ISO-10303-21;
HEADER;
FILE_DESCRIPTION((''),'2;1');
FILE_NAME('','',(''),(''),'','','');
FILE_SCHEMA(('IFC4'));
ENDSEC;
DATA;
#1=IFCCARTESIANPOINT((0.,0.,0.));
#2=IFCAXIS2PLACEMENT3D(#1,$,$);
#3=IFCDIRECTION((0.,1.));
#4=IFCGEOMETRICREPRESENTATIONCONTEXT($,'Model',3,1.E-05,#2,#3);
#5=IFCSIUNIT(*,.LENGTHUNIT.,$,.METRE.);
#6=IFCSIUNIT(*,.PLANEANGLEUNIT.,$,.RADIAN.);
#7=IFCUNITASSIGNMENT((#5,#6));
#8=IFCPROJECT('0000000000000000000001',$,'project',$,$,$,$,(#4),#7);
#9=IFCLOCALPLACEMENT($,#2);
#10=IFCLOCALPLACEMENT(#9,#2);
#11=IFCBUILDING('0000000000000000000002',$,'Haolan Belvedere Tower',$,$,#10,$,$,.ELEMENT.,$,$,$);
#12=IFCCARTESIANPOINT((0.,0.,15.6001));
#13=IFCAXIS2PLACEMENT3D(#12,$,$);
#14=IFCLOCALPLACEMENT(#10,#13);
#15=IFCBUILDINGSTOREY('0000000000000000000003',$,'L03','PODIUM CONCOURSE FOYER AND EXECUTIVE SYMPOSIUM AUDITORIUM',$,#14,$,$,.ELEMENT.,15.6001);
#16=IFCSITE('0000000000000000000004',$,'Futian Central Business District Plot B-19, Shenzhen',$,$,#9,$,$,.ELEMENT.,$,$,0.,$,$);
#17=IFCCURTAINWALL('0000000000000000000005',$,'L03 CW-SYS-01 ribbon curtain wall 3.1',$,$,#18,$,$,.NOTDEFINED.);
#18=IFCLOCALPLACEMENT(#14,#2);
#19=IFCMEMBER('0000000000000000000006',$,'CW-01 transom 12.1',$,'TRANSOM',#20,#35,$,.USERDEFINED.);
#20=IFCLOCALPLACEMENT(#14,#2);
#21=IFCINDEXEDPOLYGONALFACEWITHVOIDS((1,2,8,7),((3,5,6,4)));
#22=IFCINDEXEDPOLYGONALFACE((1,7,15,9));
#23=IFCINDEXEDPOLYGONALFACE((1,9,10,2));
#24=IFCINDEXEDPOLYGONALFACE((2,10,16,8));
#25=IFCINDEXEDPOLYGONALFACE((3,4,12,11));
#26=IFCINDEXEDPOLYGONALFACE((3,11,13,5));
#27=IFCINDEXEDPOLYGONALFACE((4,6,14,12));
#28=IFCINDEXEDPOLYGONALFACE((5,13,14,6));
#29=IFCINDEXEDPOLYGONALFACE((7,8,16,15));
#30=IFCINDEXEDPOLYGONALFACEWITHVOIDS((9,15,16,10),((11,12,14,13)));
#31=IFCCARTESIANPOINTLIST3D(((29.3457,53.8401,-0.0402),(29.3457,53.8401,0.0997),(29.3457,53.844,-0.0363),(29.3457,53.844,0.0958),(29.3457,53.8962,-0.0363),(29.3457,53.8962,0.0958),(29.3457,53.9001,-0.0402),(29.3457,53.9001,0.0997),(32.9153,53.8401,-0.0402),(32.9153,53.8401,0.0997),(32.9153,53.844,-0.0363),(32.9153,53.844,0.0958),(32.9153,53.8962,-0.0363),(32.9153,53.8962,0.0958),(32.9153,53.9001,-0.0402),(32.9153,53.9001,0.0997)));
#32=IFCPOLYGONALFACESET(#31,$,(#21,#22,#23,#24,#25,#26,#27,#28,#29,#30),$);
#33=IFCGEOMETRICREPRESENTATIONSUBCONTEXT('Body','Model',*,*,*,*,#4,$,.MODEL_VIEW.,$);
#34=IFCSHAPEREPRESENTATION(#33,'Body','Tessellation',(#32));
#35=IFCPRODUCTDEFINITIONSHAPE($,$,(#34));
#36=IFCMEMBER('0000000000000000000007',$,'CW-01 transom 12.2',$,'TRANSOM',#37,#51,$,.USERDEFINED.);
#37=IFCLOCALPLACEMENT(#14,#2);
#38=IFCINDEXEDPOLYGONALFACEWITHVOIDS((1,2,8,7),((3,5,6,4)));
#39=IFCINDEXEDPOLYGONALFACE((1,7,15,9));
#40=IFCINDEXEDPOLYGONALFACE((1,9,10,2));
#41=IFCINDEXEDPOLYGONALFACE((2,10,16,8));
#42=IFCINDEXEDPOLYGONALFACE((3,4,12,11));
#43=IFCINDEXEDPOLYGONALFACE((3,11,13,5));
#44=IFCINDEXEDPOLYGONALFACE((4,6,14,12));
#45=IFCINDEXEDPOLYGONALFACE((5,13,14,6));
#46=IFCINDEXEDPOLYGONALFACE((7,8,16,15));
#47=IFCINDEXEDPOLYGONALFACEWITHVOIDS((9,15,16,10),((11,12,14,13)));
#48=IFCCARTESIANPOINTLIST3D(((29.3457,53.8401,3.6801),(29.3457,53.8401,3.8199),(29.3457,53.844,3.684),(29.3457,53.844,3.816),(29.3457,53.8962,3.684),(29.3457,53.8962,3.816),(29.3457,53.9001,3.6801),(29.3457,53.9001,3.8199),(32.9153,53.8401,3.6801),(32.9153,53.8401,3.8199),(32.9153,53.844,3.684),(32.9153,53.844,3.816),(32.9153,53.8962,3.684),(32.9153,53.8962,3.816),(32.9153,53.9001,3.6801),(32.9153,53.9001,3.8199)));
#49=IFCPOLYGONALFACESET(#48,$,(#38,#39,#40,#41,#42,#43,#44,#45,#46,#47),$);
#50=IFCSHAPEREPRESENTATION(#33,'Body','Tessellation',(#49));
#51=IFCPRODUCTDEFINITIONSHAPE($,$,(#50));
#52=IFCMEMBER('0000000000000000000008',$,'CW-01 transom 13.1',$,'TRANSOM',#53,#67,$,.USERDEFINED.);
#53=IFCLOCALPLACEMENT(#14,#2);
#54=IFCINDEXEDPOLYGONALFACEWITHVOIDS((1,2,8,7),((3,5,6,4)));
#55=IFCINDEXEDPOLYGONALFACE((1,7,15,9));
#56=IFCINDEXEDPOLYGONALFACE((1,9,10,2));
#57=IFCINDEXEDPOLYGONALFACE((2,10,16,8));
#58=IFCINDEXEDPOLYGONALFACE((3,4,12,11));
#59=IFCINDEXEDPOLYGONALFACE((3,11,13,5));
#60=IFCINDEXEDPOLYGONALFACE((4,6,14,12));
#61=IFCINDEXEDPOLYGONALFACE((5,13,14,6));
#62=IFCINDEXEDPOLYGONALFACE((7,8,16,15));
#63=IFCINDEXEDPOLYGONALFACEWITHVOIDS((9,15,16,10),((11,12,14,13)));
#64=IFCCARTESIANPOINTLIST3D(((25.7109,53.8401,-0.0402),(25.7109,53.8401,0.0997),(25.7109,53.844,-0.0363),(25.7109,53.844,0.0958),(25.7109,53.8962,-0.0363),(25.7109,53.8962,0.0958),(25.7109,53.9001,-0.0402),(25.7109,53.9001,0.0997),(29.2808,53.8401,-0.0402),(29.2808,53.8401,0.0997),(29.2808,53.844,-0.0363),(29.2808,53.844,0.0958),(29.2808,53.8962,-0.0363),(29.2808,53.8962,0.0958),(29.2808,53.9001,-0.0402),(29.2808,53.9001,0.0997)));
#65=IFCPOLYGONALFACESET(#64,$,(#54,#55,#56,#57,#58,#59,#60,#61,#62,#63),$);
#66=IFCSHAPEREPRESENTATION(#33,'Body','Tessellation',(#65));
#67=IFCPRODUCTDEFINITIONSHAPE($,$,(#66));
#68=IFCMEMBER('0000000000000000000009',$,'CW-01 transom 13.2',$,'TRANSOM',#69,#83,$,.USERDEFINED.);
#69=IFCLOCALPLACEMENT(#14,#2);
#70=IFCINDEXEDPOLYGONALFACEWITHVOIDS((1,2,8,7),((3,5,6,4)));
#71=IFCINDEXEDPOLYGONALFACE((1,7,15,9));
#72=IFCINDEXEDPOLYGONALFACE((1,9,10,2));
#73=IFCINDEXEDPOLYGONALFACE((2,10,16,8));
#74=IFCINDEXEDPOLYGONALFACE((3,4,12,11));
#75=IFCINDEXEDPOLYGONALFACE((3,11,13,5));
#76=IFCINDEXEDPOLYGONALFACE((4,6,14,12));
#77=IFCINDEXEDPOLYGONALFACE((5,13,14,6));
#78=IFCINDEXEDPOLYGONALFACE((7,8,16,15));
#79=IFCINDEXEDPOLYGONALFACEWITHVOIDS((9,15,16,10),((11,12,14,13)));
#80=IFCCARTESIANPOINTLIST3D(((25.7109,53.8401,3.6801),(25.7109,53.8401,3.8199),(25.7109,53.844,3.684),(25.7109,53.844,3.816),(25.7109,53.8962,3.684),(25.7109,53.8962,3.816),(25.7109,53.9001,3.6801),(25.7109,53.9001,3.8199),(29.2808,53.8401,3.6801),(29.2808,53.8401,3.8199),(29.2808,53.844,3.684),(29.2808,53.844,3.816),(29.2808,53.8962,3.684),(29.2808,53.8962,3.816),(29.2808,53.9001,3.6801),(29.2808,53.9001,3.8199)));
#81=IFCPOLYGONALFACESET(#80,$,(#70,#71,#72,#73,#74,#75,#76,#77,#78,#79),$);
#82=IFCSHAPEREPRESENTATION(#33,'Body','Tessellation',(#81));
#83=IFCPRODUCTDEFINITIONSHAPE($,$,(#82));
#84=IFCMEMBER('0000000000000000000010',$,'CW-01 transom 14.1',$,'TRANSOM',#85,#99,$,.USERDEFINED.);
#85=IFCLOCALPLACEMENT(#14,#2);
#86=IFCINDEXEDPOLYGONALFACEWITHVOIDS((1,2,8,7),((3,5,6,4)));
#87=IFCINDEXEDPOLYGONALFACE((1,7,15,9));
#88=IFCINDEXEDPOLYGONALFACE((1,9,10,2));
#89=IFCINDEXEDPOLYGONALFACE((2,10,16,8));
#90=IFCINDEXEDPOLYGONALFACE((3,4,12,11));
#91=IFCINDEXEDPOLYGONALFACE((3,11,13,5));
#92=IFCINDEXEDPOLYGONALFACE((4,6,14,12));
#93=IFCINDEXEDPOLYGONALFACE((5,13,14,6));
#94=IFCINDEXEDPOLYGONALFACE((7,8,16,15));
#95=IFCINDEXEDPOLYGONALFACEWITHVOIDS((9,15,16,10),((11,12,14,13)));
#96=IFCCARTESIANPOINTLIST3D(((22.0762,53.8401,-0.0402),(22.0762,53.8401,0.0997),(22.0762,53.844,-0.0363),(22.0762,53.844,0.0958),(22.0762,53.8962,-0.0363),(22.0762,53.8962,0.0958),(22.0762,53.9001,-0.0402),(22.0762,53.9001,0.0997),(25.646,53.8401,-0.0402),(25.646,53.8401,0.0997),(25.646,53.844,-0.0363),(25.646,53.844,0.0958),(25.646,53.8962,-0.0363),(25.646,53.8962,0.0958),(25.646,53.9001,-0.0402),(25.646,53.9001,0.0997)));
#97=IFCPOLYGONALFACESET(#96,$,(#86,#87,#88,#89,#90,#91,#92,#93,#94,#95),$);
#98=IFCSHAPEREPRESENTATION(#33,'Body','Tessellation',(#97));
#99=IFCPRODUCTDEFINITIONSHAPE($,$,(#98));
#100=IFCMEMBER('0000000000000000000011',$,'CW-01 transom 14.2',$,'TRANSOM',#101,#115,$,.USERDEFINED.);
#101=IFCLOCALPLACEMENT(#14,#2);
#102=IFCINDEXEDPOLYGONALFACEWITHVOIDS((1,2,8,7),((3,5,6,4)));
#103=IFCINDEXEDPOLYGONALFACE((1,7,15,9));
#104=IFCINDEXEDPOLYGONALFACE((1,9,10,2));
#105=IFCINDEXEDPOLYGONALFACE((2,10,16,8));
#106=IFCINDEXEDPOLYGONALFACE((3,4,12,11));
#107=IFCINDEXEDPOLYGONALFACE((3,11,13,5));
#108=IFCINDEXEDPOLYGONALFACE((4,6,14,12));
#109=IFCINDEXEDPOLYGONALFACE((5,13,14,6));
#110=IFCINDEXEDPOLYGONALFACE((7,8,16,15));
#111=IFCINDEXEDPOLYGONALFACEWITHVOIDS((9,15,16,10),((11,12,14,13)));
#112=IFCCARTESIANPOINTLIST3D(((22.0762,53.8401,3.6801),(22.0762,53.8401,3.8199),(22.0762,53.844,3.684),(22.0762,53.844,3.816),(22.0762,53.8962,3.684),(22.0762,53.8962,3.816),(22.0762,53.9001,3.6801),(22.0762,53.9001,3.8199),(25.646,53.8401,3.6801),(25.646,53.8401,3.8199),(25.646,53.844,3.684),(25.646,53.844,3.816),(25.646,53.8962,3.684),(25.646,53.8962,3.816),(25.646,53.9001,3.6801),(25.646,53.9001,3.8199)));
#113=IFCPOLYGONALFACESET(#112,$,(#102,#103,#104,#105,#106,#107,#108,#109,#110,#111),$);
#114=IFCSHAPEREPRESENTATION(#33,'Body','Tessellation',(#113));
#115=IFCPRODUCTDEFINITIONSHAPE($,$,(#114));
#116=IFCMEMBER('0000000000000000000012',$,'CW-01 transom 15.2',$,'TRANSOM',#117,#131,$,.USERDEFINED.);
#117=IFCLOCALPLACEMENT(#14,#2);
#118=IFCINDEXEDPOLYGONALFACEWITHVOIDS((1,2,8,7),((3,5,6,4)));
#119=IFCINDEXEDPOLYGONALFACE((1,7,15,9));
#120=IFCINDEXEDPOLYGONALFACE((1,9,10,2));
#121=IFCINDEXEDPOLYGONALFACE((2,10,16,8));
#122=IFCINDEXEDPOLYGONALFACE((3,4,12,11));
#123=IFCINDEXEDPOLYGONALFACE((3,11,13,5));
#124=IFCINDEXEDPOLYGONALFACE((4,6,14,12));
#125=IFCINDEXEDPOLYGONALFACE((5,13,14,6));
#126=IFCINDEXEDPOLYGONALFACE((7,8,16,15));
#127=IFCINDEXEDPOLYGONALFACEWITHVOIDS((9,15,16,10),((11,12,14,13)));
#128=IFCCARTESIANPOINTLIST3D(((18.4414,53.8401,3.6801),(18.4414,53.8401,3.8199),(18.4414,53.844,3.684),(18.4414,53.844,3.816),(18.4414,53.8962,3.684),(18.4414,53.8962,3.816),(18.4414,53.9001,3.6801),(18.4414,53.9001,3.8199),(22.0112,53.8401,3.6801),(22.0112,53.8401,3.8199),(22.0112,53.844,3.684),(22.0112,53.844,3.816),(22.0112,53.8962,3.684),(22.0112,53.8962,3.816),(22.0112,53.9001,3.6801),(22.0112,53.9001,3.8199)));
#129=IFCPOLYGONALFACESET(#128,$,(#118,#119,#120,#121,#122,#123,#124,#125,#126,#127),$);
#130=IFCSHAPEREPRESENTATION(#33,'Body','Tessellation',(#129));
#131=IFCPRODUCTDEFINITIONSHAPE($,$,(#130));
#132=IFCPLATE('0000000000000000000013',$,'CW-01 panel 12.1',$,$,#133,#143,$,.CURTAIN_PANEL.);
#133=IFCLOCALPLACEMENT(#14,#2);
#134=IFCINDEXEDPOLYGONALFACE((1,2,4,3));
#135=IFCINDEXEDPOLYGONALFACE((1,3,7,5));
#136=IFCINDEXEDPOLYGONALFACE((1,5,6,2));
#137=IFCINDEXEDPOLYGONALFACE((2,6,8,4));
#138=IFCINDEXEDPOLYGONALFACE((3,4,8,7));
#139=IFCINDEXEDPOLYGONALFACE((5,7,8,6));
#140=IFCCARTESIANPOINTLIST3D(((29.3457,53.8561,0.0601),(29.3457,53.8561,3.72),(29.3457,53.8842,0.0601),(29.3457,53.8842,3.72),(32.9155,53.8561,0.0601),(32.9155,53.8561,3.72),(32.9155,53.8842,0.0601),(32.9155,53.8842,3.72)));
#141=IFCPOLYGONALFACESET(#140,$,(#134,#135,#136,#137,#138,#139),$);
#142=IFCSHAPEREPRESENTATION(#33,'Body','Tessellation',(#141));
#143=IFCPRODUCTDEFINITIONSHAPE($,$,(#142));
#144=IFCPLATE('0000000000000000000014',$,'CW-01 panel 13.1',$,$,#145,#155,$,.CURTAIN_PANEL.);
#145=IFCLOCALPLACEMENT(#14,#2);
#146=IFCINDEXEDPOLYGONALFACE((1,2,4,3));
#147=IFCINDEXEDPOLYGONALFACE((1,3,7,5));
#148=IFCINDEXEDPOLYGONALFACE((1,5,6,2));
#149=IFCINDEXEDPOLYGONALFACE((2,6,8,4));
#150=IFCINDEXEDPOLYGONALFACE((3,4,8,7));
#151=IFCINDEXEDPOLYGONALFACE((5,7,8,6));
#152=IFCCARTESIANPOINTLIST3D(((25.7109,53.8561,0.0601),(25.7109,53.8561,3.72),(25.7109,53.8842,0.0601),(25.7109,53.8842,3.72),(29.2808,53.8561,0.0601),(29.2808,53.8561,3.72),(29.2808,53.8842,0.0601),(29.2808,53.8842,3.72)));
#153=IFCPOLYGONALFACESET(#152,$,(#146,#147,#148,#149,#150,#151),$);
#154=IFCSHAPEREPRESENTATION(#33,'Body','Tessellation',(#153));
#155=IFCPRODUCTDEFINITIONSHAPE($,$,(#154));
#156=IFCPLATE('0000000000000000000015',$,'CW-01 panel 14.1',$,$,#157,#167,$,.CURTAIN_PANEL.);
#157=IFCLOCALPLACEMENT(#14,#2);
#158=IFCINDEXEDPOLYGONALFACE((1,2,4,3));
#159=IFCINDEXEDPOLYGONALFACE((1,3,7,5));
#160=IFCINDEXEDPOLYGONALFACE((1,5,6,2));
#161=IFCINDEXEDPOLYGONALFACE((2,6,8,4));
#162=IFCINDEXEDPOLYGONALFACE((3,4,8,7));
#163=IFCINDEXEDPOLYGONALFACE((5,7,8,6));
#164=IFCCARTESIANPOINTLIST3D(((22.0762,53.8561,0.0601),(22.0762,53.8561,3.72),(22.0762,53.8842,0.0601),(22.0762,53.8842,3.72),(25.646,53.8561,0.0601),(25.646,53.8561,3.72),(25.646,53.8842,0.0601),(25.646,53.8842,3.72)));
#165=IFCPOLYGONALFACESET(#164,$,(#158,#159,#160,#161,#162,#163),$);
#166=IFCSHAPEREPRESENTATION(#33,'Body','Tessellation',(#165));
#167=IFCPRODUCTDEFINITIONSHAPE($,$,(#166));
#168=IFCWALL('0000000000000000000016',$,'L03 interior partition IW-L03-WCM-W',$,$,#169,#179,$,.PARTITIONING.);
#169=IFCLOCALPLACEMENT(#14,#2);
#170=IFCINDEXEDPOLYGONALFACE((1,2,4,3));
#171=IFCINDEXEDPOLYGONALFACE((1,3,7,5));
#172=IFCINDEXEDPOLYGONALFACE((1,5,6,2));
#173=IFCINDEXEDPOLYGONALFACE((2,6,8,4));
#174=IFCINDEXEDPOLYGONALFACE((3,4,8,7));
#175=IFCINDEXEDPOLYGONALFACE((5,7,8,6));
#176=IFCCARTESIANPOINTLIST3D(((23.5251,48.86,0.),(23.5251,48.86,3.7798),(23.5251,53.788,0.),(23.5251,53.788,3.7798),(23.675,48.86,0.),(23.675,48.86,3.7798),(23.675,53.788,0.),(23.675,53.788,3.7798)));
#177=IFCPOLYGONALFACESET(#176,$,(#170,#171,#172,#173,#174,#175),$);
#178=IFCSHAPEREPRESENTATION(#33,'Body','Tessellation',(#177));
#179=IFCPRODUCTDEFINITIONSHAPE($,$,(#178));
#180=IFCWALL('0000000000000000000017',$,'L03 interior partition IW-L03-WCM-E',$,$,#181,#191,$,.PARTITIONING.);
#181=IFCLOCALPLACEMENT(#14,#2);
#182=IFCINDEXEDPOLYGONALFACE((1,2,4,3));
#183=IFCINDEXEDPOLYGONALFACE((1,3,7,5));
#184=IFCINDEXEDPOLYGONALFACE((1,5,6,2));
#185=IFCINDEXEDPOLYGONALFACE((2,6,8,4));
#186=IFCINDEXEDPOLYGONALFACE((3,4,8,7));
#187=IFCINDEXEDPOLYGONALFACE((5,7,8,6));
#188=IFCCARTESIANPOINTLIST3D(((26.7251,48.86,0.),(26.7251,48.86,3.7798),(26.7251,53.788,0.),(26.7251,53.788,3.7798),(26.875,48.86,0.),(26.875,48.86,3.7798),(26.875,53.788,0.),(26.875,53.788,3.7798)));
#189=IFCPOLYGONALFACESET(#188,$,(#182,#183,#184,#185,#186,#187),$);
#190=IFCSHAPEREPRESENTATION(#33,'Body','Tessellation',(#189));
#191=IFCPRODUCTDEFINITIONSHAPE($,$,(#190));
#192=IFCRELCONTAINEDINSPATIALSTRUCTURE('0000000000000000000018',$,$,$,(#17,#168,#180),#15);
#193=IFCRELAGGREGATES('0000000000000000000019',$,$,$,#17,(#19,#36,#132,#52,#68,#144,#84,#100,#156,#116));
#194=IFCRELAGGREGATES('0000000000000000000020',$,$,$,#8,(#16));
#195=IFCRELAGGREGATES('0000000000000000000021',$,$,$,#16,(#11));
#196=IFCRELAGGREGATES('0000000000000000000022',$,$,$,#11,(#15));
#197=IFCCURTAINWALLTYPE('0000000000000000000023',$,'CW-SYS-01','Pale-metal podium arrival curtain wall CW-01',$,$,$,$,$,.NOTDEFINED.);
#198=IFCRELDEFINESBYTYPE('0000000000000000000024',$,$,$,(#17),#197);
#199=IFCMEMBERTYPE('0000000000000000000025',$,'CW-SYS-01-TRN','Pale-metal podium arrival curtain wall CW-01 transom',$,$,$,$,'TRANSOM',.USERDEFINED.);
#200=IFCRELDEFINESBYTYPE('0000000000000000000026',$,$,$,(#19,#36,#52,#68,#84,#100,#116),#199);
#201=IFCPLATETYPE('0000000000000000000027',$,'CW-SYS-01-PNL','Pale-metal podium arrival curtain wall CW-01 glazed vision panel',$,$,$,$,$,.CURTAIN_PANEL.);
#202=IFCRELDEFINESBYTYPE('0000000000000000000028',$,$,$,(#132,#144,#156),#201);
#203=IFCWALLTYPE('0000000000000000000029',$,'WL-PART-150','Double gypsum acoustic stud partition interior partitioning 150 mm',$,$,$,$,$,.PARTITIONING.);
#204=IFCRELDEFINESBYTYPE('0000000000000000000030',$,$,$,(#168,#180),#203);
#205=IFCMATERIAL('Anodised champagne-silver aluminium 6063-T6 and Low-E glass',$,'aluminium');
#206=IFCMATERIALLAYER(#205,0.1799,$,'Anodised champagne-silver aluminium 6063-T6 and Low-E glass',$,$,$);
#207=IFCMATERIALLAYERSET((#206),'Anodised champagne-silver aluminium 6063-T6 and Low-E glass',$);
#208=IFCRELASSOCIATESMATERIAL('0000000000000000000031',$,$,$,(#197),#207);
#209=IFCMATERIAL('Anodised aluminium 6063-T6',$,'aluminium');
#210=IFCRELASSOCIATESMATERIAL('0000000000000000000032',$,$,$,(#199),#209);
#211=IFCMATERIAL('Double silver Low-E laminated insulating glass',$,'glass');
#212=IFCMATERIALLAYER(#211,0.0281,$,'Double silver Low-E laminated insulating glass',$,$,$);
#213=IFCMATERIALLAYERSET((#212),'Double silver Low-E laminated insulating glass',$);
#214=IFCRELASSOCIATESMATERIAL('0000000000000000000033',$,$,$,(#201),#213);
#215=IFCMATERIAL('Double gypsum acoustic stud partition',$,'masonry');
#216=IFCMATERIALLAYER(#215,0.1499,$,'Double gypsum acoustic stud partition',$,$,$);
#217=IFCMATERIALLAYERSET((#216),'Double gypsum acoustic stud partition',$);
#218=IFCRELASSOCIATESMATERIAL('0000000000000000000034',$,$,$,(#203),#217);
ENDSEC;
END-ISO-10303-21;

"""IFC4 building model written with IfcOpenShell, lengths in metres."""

from ifc_helpers import new_model, si_unit, direction, frame, frame_2d, origin, origin_2d, place, context, subcontext, project, spatial, rectangle, hollow_rectangle, extrude, material, layer, layer_set, material_profile, profile_set, type_object, element, aggregate, save


model = new_model("IFC4")

# Units and contexts
model_context = context("Model", 3, precision=1e-05, world=origin(), true_north=direction((0.0, 1.0)))
body_context = subcontext(model_context, "Body", "Model", "MODEL_VIEW")
ifc_project = project(units=[si_unit("LENGTHUNIT", "METRE"), si_unit("PLANEANGLEUNIT", "RADIAN")], contexts=[model_context])

# Site, building, storey
site_placement = place(None, origin())
site = spatial("IfcSite", under=ifc_project, at=site_placement, Name="Futian Central Business District Plot B-19, Shenzhen", CompositionType="ELEMENT", RefElevation=0.0)
building_placement = place(site_placement, origin())
building = spatial("IfcBuilding", under=site, at=building_placement, Name="Haolan Belvedere Tower", CompositionType="ELEMENT")
storey_placement = place(building_placement, frame((0.0, 0.0, 15.6001)))
storey = spatial("IfcBuildingStorey", under=building, at=storey_placement, Name="L03", Description="PODIUM CONCOURSE FOYER AND EXECUTIVE SYMPOSIUM AUDITORIUM", CompositionType="ELEMENT", Elevation=15.6001)

# Curtain wall, members, plates
ifc_material_1 = material(Name="Anodised champagne-silver aluminium 6063-T6 and Low-E glass", Category="aluminium")
ifc_layer_1 = layer(ifc_material_1, 0.1799, Name="Anodised champagne-silver aluminium 6063-T6 and Low-E glass")
ifc_layer_set_1 = layer_set([ifc_layer_1], Name="Anodised champagne-silver aluminium 6063-T6 and Low-E glass")
curtain_wall_type = type_object("IfcCurtainWallType", Name="CW-SYS-01", Description="Pale-metal podium arrival curtain wall CW-01", PredefinedType="NOTDEFINED", material=ifc_layer_set_1)
curtain_wall_placement = place(storey_placement, origin())
curtain_wall = element("IfcCurtainWall", 1, at=curtain_wall_placement, inside=storey, type_object=curtain_wall_type, Name="L03 CW-SYS-01 ribbon curtain wall 3.1", PredefinedType="NOTDEFINED")
ifc_material_2 = material(Name="Anodised aluminium 6063-T6", Category="aluminium")
ifc_material_profile_1 = material_profile(ifc_material_2, hollow_rectangle(XDim=0.0601, YDim=0.1399, WallThickness=0.0039, at=origin_2d()), Name="Anodised aluminium 6063-T6")
ifc_profile_set_1 = profile_set([ifc_material_profile_1], Name="Anodised aluminium 6063-T6")
member_type_1 = type_object("IfcMemberType", Name="CW-SYS-01-TRN", Description="Pale-metal podium arrival curtain wall CW-01 transom", ElementType="TRANSOM", PredefinedType="USERDEFINED", material=ifc_profile_set_1)
member_1_placement = place(storey_placement, frame((32.9153, 53.8701, 0.0298), z_axis=(-1.0, 0.0, 0.0), x_axis=(0.0, -1.0, 0.0)))
member_1 = element("IfcMember", 2, at=member_1_placement, type_object=member_type_1, Name="CW-01 transom 12.1", ObjectType="TRANSOM", PredefinedType="USERDEFINED", context=body_context, shape_type="SweptSolid", body=[
    extrude(hollow_rectangle(XDim=0.0601, YDim=0.1399, WallThickness=0.0039, at=origin_2d()), origin(), (0.0, 0.0, 1.0), 3.5696),
])
member_2_placement = place(storey_placement, frame((32.9153, 53.8701, 3.75), z_axis=(-1.0, 0.0, 0.0), x_axis=(0.0, -1.0, 0.0)))
member_2 = element("IfcMember", 3, at=member_2_placement, type_object=member_type_1, Name="CW-01 transom 12.2", ObjectType="TRANSOM", PredefinedType="USERDEFINED", context=body_context, shape_type="SweptSolid", body=[
    extrude(hollow_rectangle(XDim=0.0601, YDim=0.1399, WallThickness=0.0039, at=origin_2d()), origin(), (0.0, 0.0, 1.0), 3.5696),
])
member_3_placement = place(storey_placement, frame((29.2808, 53.8701, 0.0298), z_axis=(-1.0, 0.0, 0.0), x_axis=(0.0, -1.0, 0.0)))
member_3 = element("IfcMember", 4, at=member_3_placement, type_object=member_type_1, Name="CW-01 transom 13.1", ObjectType="TRANSOM", PredefinedType="USERDEFINED", context=body_context, shape_type="SweptSolid", body=[
    extrude(hollow_rectangle(XDim=0.0601, YDim=0.1399, WallThickness=0.0039, at=origin_2d()), origin(), (0.0, 0.0, 1.0), 3.5698),
])
member_4_placement = place(storey_placement, frame((29.2808, 53.8701, 3.75), z_axis=(-1.0, 0.0, 0.0), x_axis=(0.0, -1.0, 0.0)))
member_4 = element("IfcMember", 5, at=member_4_placement, type_object=member_type_1, Name="CW-01 transom 13.2", ObjectType="TRANSOM", PredefinedType="USERDEFINED", context=body_context, shape_type="SweptSolid", body=[
    extrude(hollow_rectangle(XDim=0.0601, YDim=0.1399, WallThickness=0.0039, at=origin_2d()), origin(), (0.0, 0.0, 1.0), 3.5698),
])
member_5_placement = place(storey_placement, frame((25.646, 53.8701, 0.0298), z_axis=(-1.0, 0.0, 0.0), x_axis=(0.0, -1.0, 0.0)))
member_5 = element("IfcMember", 6, at=member_5_placement, type_object=member_type_1, Name="CW-01 transom 14.1", ObjectType="TRANSOM", PredefinedType="USERDEFINED", context=body_context, shape_type="SweptSolid", body=[
    extrude(hollow_rectangle(XDim=0.0601, YDim=0.1399, WallThickness=0.0039, at=origin_2d()), origin(), (0.0, 0.0, 1.0), 3.5698),
])
member_6_placement = place(storey_placement, frame((25.646, 53.8701, 3.75), z_axis=(-1.0, 0.0, 0.0), x_axis=(0.0, -1.0, 0.0)))
member_6 = element("IfcMember", 7, at=member_6_placement, type_object=member_type_1, Name="CW-01 transom 14.2", ObjectType="TRANSOM", PredefinedType="USERDEFINED", context=body_context, shape_type="SweptSolid", body=[
    extrude(hollow_rectangle(XDim=0.0601, YDim=0.1399, WallThickness=0.0039, at=origin_2d()), origin(), (0.0, 0.0, 1.0), 3.5698),
])
member_7_placement = place(storey_placement, frame((22.0112, 53.8701, 3.75), z_axis=(-1.0, 0.0, 0.0), x_axis=(0.0, -1.0, 0.0)))
member_7 = element("IfcMember", 8, at=member_7_placement, type_object=member_type_1, Name="CW-01 transom 15.2", ObjectType="TRANSOM", PredefinedType="USERDEFINED", context=body_context, shape_type="SweptSolid", body=[
    extrude(hollow_rectangle(XDim=0.0601, YDim=0.1399, WallThickness=0.0039, at=origin_2d()), origin(), (0.0, 0.0, 1.0), 3.5698),
])
ifc_material_3 = material(Name="Double silver Low-E laminated insulating glass", Category="glass")
ifc_layer_2 = layer(ifc_material_3, 0.0281, Name="Double silver Low-E laminated insulating glass")
ifc_layer_set_2 = layer_set([ifc_layer_2], Name="Double silver Low-E laminated insulating glass")
plate_type = type_object("IfcPlateType", Name="CW-SYS-01-PNL", Description="Pale-metal podium arrival curtain wall CW-01 glazed vision panel", PredefinedType="CURTAIN_PANEL", material=ifc_layer_set_2)
plate_1_placement = place(storey_placement, frame((31.1306, 53.8701, 0.0601), z_axis=(0.0, 0.0, 1.0), x_axis=(-1.0, 0.0, 0.0)))
plate_1 = element("IfcPlate", 9, at=plate_1_placement, type_object=plate_type, Name="CW-01 panel 12.1", PredefinedType="CURTAIN_PANEL", context=body_context, shape_type="SweptSolid", body=[
    extrude(rectangle(XDim=3.5698, YDim=0.0281, at=origin_2d()), origin(), (0.0, 0.0, 1.0), 3.6599),
])
plate_2_placement = place(storey_placement, frame((27.4958, 53.8701, 0.0601), z_axis=(0.0, 0.0, 1.0), x_axis=(-1.0, 0.0, 0.0)))
plate_2 = element("IfcPlate", 10, at=plate_2_placement, type_object=plate_type, Name="CW-01 panel 13.1", PredefinedType="CURTAIN_PANEL", context=body_context, shape_type="SweptSolid", body=[
    extrude(rectangle(XDim=3.5698, YDim=0.0281, at=origin_2d()), origin(), (0.0, 0.0, 1.0), 3.6599),
])
plate_3_placement = place(storey_placement, frame((23.8611, 53.8701, 0.0601), z_axis=(0.0, 0.0, 1.0), x_axis=(-1.0, 0.0, 0.0)))
plate_3 = element("IfcPlate", 11, at=plate_3_placement, type_object=plate_type, Name="CW-01 panel 14.1", PredefinedType="CURTAIN_PANEL", context=body_context, shape_type="SweptSolid", body=[
    extrude(rectangle(XDim=3.5698, YDim=0.0281, at=origin_2d()), origin(), (0.0, 0.0, 1.0), 3.6599),
])
aggregate(curtain_wall, [member_1, member_2, plate_1, member_3, member_4, plate_2, member_5, member_6, plate_3, member_7])

# Walls
ifc_material_4 = material(Name="Double gypsum acoustic stud partition", Category="masonry")
ifc_layer_3 = layer(ifc_material_4, 0.1499, Name="Double gypsum acoustic stud partition")
ifc_layer_set_3 = layer_set([ifc_layer_3], Name="Double gypsum acoustic stud partition")
wall_type = type_object("IfcWallType", Name="WL-PART-150", Description="Double gypsum acoustic stud partition interior partitioning 150 mm", PredefinedType="PARTITIONING", material=ifc_layer_set_3)
for number, where, z_axis, x_axis, name in (
    (12, (23.6001, 48.8601, 0.0), (0.0, 0.0, 1.0), (0.0, 1.0, 0.0), "L03 interior partition IW-L03-WCM-W"),
    (13, (26.8, 48.8601, 0.0), (0.0, 0.0, 1.0), (0.0, 1.0, 0.0), "L03 interior partition IW-L03-WCM-E"),
):
    element("IfcWall", number, at=place(storey_placement, frame(where, z_axis=z_axis, x_axis=x_axis)), inside=storey, type_object=wall_type, Name=name, PredefinedType="PARTITIONING", context=body_context, shape_type="SweptSolid", body=[
        extrude(rectangle(XDim=4.928, YDim=0.1499, at=frame_2d((2.4639, 0.0))), origin(), (0.0, 0.0, 1.0), 3.7798),
    ])

save(model, "model.ifc")
